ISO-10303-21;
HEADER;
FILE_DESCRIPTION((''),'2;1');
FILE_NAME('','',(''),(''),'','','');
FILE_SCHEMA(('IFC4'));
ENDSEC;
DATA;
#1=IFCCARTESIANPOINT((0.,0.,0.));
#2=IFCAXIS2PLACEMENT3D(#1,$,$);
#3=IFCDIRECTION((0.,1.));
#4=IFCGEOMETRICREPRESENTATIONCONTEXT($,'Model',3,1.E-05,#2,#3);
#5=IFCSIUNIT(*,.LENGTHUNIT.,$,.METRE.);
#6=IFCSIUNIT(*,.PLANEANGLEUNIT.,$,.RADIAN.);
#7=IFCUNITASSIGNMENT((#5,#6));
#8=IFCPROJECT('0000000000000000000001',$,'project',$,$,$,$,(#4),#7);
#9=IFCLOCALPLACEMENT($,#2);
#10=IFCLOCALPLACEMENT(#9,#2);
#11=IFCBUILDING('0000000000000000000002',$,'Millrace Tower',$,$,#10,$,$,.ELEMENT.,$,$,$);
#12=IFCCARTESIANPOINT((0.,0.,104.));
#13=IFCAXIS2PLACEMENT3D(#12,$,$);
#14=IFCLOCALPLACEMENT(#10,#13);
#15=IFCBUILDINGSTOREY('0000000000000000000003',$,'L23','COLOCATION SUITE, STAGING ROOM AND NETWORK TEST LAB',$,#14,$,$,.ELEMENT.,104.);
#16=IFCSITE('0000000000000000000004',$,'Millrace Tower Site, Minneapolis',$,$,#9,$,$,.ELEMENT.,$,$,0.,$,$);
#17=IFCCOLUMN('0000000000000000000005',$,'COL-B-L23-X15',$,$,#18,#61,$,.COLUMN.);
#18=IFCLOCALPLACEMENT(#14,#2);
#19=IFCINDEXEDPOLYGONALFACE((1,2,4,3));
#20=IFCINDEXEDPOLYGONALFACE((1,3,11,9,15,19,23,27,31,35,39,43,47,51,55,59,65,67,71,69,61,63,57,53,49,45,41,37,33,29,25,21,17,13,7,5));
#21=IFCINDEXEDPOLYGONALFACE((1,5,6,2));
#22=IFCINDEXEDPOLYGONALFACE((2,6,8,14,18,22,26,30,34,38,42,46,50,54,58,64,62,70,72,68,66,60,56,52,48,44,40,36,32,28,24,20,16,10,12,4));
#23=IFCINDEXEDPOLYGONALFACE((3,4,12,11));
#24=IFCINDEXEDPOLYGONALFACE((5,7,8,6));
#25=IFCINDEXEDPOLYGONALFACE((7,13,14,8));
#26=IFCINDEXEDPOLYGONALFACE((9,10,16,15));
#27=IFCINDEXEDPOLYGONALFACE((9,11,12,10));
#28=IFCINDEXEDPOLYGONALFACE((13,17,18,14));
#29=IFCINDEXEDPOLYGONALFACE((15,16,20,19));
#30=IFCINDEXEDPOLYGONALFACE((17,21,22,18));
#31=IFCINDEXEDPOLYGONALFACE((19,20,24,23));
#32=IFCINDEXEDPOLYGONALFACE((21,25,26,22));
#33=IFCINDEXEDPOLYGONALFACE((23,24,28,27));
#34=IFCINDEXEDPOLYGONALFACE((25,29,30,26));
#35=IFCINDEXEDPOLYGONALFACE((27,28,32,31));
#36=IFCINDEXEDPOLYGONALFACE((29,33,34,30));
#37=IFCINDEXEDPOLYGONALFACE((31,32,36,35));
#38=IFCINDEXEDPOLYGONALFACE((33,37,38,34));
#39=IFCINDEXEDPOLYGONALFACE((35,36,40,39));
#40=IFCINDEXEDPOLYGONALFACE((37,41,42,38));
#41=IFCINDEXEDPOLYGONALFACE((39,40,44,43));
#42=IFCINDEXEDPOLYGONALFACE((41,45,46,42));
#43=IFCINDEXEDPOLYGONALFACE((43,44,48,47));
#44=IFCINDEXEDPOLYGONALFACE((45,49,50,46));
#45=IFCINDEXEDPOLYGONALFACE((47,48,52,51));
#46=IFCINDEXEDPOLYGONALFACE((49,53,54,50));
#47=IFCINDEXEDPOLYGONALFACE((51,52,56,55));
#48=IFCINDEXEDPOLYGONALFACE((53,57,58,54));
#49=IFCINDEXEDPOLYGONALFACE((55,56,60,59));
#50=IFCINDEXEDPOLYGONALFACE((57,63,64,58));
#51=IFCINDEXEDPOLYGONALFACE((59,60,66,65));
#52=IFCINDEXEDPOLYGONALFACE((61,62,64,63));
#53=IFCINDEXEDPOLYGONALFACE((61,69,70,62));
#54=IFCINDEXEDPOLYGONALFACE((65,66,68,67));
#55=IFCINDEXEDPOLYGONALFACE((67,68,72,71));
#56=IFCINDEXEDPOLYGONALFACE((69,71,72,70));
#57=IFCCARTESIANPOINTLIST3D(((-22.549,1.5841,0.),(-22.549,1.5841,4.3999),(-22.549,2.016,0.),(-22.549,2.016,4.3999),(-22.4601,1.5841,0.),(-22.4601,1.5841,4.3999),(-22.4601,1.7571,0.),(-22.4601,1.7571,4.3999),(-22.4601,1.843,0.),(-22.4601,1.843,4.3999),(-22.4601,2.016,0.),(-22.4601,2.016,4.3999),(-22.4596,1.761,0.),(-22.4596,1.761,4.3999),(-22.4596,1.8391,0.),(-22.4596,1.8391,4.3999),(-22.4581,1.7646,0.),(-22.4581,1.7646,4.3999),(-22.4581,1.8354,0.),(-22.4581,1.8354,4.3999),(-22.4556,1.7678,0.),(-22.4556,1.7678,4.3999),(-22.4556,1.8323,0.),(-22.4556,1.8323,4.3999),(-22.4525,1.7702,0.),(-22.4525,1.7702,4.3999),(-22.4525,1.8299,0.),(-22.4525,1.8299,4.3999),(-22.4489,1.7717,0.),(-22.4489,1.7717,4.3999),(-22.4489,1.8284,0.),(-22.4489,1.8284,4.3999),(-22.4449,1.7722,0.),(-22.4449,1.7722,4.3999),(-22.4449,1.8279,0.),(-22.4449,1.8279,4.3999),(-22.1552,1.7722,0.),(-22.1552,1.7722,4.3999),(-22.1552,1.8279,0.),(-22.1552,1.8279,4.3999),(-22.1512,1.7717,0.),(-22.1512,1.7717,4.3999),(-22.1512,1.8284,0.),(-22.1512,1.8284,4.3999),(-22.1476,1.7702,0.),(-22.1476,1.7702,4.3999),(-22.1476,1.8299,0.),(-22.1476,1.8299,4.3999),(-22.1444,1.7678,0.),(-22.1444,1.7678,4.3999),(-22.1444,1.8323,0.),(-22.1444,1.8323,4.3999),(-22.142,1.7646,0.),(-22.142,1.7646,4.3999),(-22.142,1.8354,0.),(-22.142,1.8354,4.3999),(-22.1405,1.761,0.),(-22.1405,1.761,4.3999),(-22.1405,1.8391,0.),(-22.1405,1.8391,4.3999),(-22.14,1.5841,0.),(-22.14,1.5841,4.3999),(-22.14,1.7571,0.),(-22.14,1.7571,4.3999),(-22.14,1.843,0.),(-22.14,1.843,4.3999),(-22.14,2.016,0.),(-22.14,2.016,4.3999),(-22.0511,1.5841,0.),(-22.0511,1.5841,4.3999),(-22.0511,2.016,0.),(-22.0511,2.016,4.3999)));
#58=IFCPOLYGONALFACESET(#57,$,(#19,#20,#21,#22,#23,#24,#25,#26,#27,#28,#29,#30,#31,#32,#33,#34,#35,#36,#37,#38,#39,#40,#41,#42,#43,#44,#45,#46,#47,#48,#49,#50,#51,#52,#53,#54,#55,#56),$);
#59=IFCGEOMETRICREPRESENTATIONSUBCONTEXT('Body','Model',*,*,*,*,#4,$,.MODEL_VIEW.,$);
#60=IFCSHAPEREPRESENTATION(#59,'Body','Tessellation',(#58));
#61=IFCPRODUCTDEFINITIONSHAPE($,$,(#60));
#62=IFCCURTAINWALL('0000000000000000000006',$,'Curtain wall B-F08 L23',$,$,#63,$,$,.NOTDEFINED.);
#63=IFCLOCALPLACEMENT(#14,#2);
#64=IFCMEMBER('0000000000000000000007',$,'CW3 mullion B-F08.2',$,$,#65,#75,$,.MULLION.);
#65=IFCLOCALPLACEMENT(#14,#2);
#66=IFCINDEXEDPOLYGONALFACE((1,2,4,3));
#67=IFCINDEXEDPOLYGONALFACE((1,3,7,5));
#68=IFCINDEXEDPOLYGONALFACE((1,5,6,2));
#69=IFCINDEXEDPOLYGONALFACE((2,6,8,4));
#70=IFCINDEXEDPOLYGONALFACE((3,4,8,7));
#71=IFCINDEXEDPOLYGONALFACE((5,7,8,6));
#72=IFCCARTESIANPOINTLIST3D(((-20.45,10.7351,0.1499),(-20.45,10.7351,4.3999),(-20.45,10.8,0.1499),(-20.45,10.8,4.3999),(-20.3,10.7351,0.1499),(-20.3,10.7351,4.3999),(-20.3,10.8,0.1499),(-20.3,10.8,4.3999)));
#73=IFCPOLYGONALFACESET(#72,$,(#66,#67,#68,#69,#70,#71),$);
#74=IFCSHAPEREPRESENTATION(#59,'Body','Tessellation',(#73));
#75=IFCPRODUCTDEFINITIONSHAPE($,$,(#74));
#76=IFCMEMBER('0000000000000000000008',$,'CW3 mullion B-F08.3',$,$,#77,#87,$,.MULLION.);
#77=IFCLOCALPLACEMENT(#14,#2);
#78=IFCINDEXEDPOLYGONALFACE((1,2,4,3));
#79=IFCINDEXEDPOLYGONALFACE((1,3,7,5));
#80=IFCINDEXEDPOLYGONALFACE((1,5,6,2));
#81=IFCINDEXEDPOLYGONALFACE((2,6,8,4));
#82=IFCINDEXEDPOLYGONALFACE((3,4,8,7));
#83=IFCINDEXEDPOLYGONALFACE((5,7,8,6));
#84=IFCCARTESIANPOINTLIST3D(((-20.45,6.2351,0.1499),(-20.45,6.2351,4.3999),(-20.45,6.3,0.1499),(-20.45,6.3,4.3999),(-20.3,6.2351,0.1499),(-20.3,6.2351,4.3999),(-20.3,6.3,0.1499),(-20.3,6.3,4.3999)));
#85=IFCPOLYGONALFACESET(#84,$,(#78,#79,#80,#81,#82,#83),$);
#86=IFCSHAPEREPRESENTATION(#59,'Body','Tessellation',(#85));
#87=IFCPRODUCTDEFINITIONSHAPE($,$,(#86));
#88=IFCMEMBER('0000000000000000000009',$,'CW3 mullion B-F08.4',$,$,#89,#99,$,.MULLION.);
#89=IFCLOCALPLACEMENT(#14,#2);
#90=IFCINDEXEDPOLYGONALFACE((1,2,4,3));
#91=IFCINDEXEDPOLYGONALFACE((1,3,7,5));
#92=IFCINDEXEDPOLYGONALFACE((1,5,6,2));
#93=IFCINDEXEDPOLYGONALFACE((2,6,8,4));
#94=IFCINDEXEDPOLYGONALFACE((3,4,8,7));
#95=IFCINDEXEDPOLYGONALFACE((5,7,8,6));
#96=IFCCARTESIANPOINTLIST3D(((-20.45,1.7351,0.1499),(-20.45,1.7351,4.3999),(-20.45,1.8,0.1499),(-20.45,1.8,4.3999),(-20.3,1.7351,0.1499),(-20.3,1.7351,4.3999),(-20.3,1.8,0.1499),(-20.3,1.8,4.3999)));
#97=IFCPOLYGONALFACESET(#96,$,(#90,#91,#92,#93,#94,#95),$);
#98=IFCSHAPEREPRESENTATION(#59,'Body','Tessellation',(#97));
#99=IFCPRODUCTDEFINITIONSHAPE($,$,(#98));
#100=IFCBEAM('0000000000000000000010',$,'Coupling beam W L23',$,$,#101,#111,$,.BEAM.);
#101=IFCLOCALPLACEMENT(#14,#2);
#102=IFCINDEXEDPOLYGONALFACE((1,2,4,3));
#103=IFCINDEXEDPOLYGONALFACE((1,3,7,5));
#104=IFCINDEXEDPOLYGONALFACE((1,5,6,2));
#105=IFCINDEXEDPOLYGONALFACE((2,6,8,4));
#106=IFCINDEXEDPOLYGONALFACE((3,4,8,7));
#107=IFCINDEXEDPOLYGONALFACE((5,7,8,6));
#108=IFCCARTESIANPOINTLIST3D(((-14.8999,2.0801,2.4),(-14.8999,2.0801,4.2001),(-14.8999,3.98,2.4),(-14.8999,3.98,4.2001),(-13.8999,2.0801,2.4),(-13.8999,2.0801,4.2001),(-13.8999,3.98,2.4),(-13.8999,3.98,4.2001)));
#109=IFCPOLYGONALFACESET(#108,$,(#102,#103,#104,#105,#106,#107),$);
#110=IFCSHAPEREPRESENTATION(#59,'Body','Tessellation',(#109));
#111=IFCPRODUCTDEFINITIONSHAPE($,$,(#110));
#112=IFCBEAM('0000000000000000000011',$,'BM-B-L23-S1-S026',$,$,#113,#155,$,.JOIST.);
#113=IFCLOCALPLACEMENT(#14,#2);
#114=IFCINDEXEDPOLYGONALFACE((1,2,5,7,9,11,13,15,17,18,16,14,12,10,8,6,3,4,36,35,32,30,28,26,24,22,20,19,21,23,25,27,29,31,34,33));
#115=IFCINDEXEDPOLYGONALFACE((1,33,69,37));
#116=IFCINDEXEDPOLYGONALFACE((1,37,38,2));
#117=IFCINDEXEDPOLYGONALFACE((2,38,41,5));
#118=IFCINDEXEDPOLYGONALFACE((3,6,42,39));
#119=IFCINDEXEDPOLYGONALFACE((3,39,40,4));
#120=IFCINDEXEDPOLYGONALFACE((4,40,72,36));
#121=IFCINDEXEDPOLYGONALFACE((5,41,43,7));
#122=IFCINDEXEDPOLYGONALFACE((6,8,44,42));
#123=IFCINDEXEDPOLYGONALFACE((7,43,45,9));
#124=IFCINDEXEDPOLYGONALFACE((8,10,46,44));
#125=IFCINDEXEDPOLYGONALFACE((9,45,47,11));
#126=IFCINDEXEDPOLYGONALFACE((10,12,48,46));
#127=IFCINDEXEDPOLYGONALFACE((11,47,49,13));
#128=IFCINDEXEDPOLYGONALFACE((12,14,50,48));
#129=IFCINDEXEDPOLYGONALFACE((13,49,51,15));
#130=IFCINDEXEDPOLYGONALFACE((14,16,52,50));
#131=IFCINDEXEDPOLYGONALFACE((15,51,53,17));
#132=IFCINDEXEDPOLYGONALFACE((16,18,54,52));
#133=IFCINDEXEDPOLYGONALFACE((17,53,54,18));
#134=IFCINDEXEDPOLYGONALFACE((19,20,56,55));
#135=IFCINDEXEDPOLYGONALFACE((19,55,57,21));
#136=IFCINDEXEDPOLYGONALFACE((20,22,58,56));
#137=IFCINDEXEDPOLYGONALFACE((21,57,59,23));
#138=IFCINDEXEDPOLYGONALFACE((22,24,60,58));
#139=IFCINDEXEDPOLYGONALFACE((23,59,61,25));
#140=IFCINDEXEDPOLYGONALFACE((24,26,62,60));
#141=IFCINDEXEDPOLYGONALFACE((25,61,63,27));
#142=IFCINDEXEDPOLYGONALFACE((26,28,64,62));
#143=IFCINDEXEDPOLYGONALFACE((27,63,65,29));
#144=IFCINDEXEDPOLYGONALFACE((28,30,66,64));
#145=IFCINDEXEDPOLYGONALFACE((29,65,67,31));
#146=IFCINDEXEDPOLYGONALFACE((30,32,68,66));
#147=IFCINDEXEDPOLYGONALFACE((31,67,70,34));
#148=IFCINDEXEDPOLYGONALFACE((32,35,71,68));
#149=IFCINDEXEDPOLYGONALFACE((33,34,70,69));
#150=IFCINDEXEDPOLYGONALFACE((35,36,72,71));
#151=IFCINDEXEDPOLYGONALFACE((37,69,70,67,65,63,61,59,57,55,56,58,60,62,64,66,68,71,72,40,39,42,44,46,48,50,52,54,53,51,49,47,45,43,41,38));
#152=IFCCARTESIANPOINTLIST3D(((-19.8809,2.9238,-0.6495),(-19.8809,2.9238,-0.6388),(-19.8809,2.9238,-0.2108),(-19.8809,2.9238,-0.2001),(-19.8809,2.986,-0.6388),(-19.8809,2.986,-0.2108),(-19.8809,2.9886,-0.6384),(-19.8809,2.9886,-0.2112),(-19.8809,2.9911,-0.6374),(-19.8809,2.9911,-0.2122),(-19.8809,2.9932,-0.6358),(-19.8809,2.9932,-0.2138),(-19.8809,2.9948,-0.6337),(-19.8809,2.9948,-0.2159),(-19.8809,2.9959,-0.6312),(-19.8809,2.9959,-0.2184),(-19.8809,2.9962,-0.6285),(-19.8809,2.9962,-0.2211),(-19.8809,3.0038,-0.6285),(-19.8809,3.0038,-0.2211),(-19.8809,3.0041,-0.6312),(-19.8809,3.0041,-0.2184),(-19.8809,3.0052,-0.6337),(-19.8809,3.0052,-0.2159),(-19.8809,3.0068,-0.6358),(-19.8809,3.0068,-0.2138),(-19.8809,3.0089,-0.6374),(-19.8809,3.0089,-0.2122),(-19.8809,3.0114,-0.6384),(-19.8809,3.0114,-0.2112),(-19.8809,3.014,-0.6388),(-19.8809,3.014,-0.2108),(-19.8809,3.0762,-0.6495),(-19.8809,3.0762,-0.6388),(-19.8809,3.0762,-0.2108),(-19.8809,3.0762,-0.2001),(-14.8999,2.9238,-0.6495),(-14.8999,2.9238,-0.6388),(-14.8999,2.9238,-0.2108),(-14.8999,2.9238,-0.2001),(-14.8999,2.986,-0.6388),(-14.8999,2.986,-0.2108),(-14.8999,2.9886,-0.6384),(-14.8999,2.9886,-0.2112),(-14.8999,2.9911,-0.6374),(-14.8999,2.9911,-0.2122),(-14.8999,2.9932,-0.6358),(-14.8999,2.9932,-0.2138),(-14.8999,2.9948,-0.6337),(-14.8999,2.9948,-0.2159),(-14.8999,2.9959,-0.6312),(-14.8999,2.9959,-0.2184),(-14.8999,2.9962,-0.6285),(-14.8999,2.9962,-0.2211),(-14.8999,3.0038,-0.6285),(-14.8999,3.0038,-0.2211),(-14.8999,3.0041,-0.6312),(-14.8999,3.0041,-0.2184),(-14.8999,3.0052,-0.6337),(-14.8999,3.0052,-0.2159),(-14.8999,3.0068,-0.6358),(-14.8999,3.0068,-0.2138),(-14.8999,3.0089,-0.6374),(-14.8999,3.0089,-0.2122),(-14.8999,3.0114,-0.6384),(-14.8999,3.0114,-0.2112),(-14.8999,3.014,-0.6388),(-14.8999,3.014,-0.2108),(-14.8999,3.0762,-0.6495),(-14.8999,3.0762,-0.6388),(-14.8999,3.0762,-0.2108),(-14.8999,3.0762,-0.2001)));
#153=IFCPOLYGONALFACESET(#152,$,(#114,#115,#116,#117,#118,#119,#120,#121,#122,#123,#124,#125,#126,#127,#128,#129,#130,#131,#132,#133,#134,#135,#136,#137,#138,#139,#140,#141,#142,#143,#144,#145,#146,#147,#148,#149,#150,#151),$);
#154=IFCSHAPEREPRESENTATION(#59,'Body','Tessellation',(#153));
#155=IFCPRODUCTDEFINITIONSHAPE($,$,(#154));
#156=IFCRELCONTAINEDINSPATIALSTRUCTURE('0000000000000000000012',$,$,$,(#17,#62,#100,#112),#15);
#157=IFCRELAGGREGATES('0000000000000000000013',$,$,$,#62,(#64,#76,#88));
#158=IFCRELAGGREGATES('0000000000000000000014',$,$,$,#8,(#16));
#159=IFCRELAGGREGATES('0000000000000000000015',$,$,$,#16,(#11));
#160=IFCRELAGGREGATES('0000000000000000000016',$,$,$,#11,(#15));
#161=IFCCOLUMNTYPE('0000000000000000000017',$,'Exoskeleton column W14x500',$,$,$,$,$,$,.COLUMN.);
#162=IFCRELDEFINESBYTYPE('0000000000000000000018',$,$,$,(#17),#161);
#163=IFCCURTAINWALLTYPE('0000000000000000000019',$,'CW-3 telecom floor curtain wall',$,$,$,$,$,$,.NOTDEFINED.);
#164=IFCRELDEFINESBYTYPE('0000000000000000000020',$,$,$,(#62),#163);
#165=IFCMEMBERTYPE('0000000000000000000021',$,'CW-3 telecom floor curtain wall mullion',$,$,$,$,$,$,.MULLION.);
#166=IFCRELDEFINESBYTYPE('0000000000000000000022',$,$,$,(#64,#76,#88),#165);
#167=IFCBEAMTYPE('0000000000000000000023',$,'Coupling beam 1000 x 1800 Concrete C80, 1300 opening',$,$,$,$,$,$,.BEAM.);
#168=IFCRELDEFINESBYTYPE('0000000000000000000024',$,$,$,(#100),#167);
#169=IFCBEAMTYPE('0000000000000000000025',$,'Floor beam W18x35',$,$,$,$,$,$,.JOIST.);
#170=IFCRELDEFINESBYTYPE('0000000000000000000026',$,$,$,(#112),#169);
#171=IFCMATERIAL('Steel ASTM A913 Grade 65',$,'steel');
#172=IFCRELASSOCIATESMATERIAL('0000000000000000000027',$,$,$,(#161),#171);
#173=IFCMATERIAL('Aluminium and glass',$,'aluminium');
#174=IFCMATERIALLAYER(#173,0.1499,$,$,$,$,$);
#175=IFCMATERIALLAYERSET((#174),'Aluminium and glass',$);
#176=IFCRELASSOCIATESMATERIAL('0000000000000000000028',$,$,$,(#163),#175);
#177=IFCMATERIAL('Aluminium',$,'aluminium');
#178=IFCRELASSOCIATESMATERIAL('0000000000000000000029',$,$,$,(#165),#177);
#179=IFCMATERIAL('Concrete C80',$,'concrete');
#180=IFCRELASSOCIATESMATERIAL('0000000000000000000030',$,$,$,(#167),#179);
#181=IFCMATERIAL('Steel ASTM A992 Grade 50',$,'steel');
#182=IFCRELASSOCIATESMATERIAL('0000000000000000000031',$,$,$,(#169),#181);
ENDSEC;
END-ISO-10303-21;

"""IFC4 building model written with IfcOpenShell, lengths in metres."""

from ifc_helpers import new_model, si_unit, direction, frame, origin, origin_2d, place, context, subcontext, project, spatial, rectangle, i_section, extrude, material, layer, layer_set, material_profile, profile_set, type_object, element, aggregate, save


model = new_model("IFC4")

# Units and contexts
model_context = context("Model", 3, precision=1e-05, world=origin(), true_north=direction((0.0, 1.0)))
body_context = subcontext(model_context, "Body", "Model", "MODEL_VIEW")
ifc_project = project(units=[si_unit("LENGTHUNIT", "METRE"), si_unit("PLANEANGLEUNIT", "RADIAN")], contexts=[model_context])

# Site, building, storey
site_placement = place(None, origin())
site = spatial("IfcSite", under=ifc_project, at=site_placement, Name="Millrace Tower Site, Minneapolis", CompositionType="ELEMENT", RefElevation=0.0)
building_placement = place(site_placement, origin())
building = spatial("IfcBuilding", under=site, at=building_placement, Name="Millrace Tower", CompositionType="ELEMENT")
storey_placement = place(building_placement, frame((0.0, 0.0, 104.0)))
storey = spatial("IfcBuildingStorey", under=building, at=storey_placement, Name="L23", Description="COLOCATION SUITE, STAGING ROOM AND NETWORK TEST LAB", CompositionType="ELEMENT", Elevation=104.0)

# Column
ifc_material_1 = material(Name="Steel ASTM A913 Grade 65", Category="steel")
ifc_material_profile_1 = material_profile(ifc_material_1, i_section(OverallWidth=0.4319, OverallDepth=0.4978, WebThickness=0.0557, FlangeThickness=0.0889, FilletRadius=0.0151, at=origin_2d()))
ifc_profile_set_1 = profile_set([ifc_material_profile_1], Name="Steel ASTM A913 Grade 65")
column_type = type_object("IfcColumnType", Name="Exoskeleton column W14x500", PredefinedType="COLUMN", material=ifc_profile_set_1)
column_placement = place(storey_placement, frame((-22.3, 1.8, 0.0), z_axis=(0.0, 0.0, 1.0), x_axis=(0.0, -1.0, 0.0)))
element("IfcColumn", 1, at=column_placement, inside=storey, type_object=column_type, Name="COL-B-L23-X15", PredefinedType="COLUMN", context=body_context, shape_type="SweptSolid", body=[
    extrude(i_section(OverallWidth=0.4319, OverallDepth=0.4978, WebThickness=0.0557, FlangeThickness=0.0889, FilletRadius=0.0151, at=origin_2d()), origin(), (0.0, 0.0, 1.0), 4.3999),
])

# Curtain wall, members
ifc_material_2 = material(Name="Aluminium and glass", Category="aluminium")
ifc_layer_1 = layer(ifc_material_2, 0.1499)
ifc_layer_set_1 = layer_set([ifc_layer_1], Name="Aluminium and glass")
curtain_wall_type = type_object("IfcCurtainWallType", Name="CW-3 telecom floor curtain wall", PredefinedType="NOTDEFINED", material=ifc_layer_set_1)
placement = place(storey_placement, origin())
curtain_wall = element("IfcCurtainWall", 2, at=placement, inside=storey, type_object=curtain_wall_type, Name="Curtain wall B-F08 L23", PredefinedType="NOTDEFINED")
ifc_material_3 = material(Name="Aluminium", Category="aluminium")
ifc_material_profile_2 = material_profile(ifc_material_3, rectangle(XDim=0.0649, YDim=0.1499, at=origin_2d()))
ifc_profile_set_2 = profile_set([ifc_material_profile_2], Name="Aluminium")
member_type = type_object("IfcMemberType", Name="CW-3 telecom floor curtain wall mullion", PredefinedType="MULLION", material=ifc_profile_set_2)
member_1_placement = place(storey_placement, frame((-20.375, 10.7676, 0.1499), z_axis=(0.0, 0.0, 1.0), x_axis=(0.0, -1.0, 0.0)))
member_1 = element("IfcMember", 3, at=member_1_placement, type_object=member_type, Name="CW3 mullion B-F08.2", PredefinedType="MULLION", context=body_context, shape_type="SweptSolid", body=[
    extrude(rectangle(XDim=0.0649, YDim=0.1499, at=origin_2d()), origin(), (0.0, 0.0, 1.0), 4.25),
])
member_2_placement = place(storey_placement, frame((-20.375, 6.2676, 0.1499), z_axis=(0.0, 0.0, 1.0), x_axis=(0.0, -1.0, 0.0)))
member_2 = element("IfcMember", 4, at=member_2_placement, type_object=member_type, Name="CW3 mullion B-F08.3", PredefinedType="MULLION", context=body_context, shape_type="SweptSolid", body=[
    extrude(rectangle(XDim=0.0649, YDim=0.1499, at=origin_2d()), origin(), (0.0, 0.0, 1.0), 4.25),
])
member_3_placement = place(storey_placement, frame((-20.375, 1.7676, 0.1499), z_axis=(0.0, 0.0, 1.0), x_axis=(0.0, -1.0, 0.0)))
member_3 = element("IfcMember", 5, at=member_3_placement, type_object=member_type, Name="CW3 mullion B-F08.4", PredefinedType="MULLION", context=body_context, shape_type="SweptSolid", body=[
    extrude(rectangle(XDim=0.0649, YDim=0.1499, at=origin_2d()), origin(), (0.0, 0.0, 1.0), 4.25),
])
aggregate(curtain_wall, [member_1, member_2, member_3])

# Beams
ifc_material_4 = material(Name="Concrete C80", Category="concrete")
ifc_material_profile_3 = material_profile(ifc_material_4, rectangle(XDim=1.0, YDim=1.8, at=origin_2d()))
ifc_profile_set_3 = profile_set([ifc_material_profile_3], Name="Concrete C80")
beam_type_1 = type_object("IfcBeamType", Name="Coupling beam 1000 x 1800 Concrete C80, 1300 opening", PredefinedType="BEAM", material=ifc_profile_set_3)
beam_1_placement = place(storey_placement, frame((-14.3999, 2.0801, 3.3), z_axis=(0.0, 1.0, 0.0), x_axis=(-1.0, 0.0, 0.0)))
element("IfcBeam", 6, at=beam_1_placement, inside=storey, type_object=beam_type_1, Name="Coupling beam W L23", PredefinedType="BEAM", context=body_context, shape_type="SweptSolid", body=[
    extrude(rectangle(XDim=1.0, YDim=1.8, at=origin_2d()), origin(), (0.0, 0.0, 1.0), 1.8999),
])
ifc_material_5 = material(Name="Steel ASTM A992 Grade 50", Category="steel")
ifc_material_profile_4 = material_profile(ifc_material_5, i_section(OverallWidth=0.1523, OverallDepth=0.4495, WebThickness=0.0076, FlangeThickness=0.0107, FilletRadius=0.0103, at=origin_2d()))
ifc_profile_set_4 = profile_set([ifc_material_profile_4], Name="Steel ASTM A992 Grade 50")
beam_type_2 = type_object("IfcBeamType", Name="Floor beam W18x35", PredefinedType="JOIST", material=ifc_profile_set_4)
for number, where, z_axis, x_axis, name in (
    (7, (-19.8809, 3.0, -0.4248), (1.0, 0.0, 0.0), (0.0, 1.0, 0.0), "BM-B-L23-S1-S026"),
):
    element("IfcBeam", number, at=place(storey_placement, frame(where, z_axis=z_axis, x_axis=x_axis)), inside=storey, type_object=beam_type_2, Name=name, PredefinedType="JOIST", context=body_context, shape_type="SweptSolid", body=[
        extrude(i_section(OverallWidth=0.1523, OverallDepth=0.4495, WebThickness=0.0076, FlangeThickness=0.0107, FilletRadius=0.0103, at=origin_2d()), origin(), (0.0, 0.0, 1.0), 4.981),
    ])

save(model, "model.ifc")
